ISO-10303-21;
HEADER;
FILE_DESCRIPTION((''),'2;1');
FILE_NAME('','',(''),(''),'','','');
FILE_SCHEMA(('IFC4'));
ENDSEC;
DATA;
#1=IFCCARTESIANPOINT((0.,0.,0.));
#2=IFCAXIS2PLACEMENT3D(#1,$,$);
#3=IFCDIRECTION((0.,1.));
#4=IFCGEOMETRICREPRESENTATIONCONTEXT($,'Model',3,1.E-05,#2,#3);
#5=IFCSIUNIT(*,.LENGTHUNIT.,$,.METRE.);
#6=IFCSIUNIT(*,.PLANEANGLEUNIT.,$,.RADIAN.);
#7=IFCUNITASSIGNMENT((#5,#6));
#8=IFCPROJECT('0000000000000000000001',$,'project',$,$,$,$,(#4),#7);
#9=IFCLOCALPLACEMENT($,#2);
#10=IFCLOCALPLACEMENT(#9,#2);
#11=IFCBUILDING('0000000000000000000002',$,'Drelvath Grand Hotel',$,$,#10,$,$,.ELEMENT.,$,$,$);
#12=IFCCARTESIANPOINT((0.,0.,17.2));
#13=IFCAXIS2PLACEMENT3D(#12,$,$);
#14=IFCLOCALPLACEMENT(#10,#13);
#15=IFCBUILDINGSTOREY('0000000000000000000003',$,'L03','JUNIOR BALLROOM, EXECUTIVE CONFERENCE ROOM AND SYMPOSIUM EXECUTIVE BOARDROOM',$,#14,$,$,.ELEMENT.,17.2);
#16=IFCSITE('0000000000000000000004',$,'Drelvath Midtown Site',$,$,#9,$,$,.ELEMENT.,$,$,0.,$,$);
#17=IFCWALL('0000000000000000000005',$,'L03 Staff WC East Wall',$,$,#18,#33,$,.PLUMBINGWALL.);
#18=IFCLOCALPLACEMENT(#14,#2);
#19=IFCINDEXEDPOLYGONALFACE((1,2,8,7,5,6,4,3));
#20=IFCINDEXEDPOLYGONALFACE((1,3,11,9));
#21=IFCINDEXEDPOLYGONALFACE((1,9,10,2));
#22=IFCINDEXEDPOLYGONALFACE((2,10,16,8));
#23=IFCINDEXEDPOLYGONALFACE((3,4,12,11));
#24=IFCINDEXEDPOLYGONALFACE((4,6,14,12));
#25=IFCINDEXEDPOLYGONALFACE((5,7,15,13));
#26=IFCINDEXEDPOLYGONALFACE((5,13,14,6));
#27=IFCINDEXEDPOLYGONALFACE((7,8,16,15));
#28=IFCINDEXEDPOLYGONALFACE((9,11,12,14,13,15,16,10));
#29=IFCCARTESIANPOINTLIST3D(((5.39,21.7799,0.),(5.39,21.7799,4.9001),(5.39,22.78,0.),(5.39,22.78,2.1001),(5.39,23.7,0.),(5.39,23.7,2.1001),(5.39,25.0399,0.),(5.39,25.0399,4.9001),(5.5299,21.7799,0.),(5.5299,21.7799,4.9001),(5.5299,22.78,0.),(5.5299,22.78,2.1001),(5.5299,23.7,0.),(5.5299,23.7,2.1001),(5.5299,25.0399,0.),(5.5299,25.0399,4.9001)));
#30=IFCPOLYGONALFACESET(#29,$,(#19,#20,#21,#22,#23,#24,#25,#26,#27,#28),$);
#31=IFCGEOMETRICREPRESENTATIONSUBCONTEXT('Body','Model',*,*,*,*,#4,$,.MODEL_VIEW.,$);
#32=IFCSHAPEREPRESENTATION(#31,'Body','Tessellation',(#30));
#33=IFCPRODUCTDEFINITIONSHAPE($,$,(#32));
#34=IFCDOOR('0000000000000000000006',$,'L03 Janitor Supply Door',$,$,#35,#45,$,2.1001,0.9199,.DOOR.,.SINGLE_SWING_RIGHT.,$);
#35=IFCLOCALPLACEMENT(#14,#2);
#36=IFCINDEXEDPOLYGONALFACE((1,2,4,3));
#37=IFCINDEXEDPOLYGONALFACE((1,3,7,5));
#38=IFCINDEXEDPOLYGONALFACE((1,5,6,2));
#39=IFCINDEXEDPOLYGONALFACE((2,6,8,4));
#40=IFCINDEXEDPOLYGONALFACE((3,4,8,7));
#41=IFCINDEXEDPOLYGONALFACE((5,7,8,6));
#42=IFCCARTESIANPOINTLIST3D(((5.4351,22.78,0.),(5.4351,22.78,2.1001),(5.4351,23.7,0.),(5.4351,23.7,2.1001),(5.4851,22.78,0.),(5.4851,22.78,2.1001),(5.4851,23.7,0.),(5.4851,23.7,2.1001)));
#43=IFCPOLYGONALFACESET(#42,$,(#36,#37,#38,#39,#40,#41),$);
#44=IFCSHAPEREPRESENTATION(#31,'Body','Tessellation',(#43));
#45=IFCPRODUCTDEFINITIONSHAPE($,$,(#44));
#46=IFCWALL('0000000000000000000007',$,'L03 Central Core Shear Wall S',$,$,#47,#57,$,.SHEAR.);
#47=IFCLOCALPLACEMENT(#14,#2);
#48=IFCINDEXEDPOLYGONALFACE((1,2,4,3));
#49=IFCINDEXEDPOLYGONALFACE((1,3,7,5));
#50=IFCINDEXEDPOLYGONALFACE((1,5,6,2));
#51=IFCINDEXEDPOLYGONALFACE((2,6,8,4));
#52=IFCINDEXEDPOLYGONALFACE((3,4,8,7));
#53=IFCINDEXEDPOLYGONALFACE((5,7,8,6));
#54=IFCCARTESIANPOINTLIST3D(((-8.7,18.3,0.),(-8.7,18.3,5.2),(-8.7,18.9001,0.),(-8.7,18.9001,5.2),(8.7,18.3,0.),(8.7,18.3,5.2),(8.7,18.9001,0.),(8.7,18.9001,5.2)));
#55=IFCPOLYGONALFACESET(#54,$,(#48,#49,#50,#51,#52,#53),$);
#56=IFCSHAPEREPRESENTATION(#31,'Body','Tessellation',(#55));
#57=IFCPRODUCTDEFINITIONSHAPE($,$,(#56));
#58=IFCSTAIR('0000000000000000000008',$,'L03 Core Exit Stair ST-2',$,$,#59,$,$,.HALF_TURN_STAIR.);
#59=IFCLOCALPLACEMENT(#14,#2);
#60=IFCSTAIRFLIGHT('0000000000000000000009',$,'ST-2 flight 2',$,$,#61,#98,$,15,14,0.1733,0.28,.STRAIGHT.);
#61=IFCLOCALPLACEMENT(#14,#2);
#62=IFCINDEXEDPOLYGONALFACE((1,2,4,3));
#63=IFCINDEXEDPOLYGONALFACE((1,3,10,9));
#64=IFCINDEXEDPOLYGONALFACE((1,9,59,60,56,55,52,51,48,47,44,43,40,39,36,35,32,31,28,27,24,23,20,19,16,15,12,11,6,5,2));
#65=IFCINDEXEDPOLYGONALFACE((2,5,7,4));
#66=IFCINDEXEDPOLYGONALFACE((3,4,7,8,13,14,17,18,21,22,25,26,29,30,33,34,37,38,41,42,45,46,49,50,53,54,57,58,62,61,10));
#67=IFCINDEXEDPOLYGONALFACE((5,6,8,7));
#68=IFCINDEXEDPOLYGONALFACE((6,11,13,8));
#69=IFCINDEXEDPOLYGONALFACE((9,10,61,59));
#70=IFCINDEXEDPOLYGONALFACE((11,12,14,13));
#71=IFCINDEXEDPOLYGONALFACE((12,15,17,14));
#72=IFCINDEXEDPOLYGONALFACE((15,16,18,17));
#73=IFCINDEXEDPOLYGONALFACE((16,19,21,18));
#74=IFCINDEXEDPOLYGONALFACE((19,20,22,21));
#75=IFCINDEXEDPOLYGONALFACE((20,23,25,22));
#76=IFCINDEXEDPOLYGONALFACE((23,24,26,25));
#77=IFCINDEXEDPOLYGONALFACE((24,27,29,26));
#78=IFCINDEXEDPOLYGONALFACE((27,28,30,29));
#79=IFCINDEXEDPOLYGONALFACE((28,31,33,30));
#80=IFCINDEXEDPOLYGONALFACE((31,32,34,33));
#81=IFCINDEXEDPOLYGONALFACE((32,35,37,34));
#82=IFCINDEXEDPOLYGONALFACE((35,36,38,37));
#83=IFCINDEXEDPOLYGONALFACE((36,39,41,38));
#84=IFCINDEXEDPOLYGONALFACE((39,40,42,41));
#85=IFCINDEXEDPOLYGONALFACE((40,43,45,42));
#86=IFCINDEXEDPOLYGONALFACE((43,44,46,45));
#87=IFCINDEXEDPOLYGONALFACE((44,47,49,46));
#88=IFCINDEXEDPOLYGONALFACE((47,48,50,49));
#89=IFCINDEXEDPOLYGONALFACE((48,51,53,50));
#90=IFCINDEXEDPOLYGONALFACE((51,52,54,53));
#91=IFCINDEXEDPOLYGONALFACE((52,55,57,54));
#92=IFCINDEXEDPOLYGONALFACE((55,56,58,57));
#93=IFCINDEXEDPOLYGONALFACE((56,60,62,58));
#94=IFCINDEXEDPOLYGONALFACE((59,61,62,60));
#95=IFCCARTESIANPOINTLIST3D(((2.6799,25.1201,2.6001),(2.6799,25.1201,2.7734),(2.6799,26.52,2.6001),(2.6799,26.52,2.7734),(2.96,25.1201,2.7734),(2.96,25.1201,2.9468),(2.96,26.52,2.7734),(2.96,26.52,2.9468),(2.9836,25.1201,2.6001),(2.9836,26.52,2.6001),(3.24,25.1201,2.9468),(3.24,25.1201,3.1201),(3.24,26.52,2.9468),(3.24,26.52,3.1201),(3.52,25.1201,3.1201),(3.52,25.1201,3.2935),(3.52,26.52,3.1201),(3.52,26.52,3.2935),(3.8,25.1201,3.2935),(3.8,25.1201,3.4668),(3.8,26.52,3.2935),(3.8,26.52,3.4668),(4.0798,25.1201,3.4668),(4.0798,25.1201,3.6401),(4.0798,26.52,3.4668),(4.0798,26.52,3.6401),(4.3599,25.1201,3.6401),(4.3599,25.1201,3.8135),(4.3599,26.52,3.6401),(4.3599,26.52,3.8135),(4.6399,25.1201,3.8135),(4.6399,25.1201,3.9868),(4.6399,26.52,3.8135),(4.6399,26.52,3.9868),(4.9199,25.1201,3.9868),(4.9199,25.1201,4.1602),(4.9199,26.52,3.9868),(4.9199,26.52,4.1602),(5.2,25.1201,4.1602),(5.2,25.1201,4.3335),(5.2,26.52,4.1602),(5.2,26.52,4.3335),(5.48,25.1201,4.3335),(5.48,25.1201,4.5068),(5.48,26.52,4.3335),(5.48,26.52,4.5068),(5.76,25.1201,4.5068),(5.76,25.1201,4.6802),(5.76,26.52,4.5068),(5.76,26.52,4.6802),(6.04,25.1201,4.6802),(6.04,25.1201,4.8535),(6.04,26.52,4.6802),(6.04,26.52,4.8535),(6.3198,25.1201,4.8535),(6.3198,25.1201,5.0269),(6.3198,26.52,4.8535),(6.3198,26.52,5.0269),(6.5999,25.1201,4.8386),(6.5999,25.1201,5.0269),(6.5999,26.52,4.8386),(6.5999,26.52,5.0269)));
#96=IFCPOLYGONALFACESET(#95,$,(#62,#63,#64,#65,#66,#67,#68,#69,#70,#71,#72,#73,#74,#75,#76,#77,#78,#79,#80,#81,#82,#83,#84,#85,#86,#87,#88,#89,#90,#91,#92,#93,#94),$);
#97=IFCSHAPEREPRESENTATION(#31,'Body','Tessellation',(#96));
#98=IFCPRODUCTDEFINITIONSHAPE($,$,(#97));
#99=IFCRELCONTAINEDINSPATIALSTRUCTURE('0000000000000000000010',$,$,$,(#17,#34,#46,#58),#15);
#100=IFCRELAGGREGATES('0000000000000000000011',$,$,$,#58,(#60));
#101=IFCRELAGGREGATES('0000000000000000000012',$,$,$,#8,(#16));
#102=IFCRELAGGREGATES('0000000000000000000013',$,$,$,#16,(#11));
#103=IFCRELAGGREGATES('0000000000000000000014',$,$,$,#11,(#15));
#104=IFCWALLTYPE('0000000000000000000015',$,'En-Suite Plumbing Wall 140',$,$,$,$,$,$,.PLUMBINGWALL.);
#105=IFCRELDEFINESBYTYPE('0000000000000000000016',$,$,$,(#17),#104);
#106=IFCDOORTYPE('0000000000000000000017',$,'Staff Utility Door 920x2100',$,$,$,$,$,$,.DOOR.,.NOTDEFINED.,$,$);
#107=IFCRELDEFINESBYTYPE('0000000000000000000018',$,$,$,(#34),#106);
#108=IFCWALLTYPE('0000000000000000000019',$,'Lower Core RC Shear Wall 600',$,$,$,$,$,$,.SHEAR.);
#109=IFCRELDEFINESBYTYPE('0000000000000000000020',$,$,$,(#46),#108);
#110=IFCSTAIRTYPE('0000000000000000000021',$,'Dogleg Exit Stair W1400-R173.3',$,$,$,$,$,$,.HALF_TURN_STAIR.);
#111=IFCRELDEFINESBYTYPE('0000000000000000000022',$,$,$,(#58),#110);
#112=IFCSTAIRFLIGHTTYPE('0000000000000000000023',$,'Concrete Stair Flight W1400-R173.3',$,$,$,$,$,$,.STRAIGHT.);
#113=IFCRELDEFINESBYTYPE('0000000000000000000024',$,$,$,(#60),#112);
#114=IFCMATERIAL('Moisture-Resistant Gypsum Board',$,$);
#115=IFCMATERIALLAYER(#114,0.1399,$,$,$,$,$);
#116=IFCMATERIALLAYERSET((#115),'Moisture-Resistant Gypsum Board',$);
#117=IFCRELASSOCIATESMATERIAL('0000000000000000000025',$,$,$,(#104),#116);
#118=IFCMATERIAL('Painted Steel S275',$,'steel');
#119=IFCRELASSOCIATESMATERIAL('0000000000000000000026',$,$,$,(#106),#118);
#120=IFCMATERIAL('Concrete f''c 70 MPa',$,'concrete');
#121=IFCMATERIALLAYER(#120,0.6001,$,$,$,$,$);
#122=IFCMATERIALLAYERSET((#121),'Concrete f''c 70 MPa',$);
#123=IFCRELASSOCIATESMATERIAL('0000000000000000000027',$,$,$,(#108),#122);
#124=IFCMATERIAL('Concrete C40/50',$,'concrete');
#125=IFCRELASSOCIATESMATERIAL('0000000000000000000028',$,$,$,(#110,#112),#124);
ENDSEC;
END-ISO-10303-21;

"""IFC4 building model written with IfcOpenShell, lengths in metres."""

from ifc_helpers import new_model, si_unit, direction, frame, frame_2d, origin, place, context, subcontext, project, spatial, polyline, rectangle, outline, extrude, material, layer, layer_set, type_object, element, fill, aggregate, save


model = new_model("IFC4")

# Units and contexts
model_context = context("Model", 3, precision=1e-05, world=origin(), true_north=direction((0.0, 1.0)))
body_context = subcontext(model_context, "Body", "Model", "MODEL_VIEW")
ifc_project = project(units=[si_unit("LENGTHUNIT", "METRE"), si_unit("PLANEANGLEUNIT", "RADIAN")], contexts=[model_context])

# Site, building, storey
site_placement = place(None, origin())
site = spatial("IfcSite", under=ifc_project, at=site_placement, Name="Drelvath Midtown Site", CompositionType="ELEMENT", RefElevation=0.0)
building_placement = place(site_placement, origin())
building = spatial("IfcBuilding", under=site, at=building_placement, Name="Drelvath Grand Hotel", CompositionType="ELEMENT")
storey_placement = place(building_placement, frame((0.0, 0.0, 17.2)))
storey = spatial("IfcBuildingStorey", under=building, at=storey_placement, Name="L03", Description="JUNIOR BALLROOM, EXECUTIVE CONFERENCE ROOM AND SYMPOSIUM EXECUTIVE BOARDROOM", CompositionType="ELEMENT", Elevation=17.2)

# Shared definitions
ifc_material_1 = material(Name="Concrete f'c 70 MPa", Category="concrete")

# Shared definitions
ifc_material_2 = material(Name="Concrete C40/50", Category="concrete")

# Wall, opening, door
ifc_material_3 = material(Name="Moisture-Resistant Gypsum Board")
ifc_layer_1 = layer(ifc_material_3, 0.1399)
ifc_layer_set_1 = layer_set([ifc_layer_1], Name="Moisture-Resistant Gypsum Board")
wall_type_1 = type_object("IfcWallType", Name="En-Suite Plumbing Wall 140", PredefinedType="PLUMBINGWALL", material=ifc_layer_set_1)
wall_1_placement = place(storey_placement, frame((5.46, 21.78, 0.0), z_axis=(0.0, 0.0, 1.0), x_axis=(0.0, 1.0, 0.0)))
wall_1 = element("IfcWall", 1, at=wall_1_placement, inside=storey, type_object=wall_type_1, Name="L03 Staff WC East Wall", PredefinedType="PLUMBINGWALL", context=body_context, shape_type="SweptSolid", body=[
    extrude(rectangle(XDim=3.26, YDim=0.1399, at=frame_2d((1.6299, 0.0))), origin(), (0.0, 0.0, 1.0), 4.9001),
])
opening_1_placement = place(wall_1_placement, frame((1.0, 0.0, 0.0)))
opening_1 = element("IfcOpeningElement", 2, at=opening_1_placement, cuts=wall_1, PredefinedType="OPENING", context=body_context, shape_type="SweptSolid", body=[
    extrude(rectangle(XDim=0.9199, YDim=2.1001, at=frame_2d((0.46, 1.05))), frame((0.0, 0.0798, 0.0), z_axis=(0.0, -1.0, 0.0), x_axis=(1.0, 0.0, 0.0)), (0.0, 0.0, 1.0), 0.1599),
])
ifc_material_4 = material(Name="Painted Steel S275", Category="steel")
door_type_1 = type_object("IfcDoorType", Name="Staff Utility Door 920x2100", OperationType="NOTDEFINED", PredefinedType="DOOR", material=ifc_material_4)
door_1_placement = place(opening_1_placement, origin())
door_1 = element("IfcDoor", 3, at=door_1_placement, inside=storey, type_object=door_type_1, Name="L03 Janitor Supply Door", OperationType="SINGLE_SWING_RIGHT", OverallHeight=2.1001, OverallWidth=0.9199, PredefinedType="DOOR", context=body_context, shape_type="SweptSolid", body=[
    extrude(rectangle(XDim=0.9199, YDim=2.1001, at=frame_2d((0.46, 1.05))), frame((0.0, 0.0249, 0.0), z_axis=(0.0, -1.0, 0.0), x_axis=(1.0, 0.0, 0.0)), (0.0, 0.0, 1.0), 0.05),
])
fill(opening_1, door_1)

# Wall
ifc_layer_2 = layer(ifc_material_1, 0.6001)
ifc_layer_set_2 = layer_set([ifc_layer_2], Name="Concrete f'c 70 MPa")
wall_type_2 = type_object("IfcWallType", Name="Lower Core RC Shear Wall 600", PredefinedType="SHEAR", material=ifc_layer_set_2)
wall_2_placement = place(storey_placement, frame((8.7, 18.6001, 0.0), z_axis=(0.0, 0.0, 1.0), x_axis=(-1.0, 0.0, 0.0)))
element("IfcWall", 4, at=wall_2_placement, inside=storey, type_object=wall_type_2, Name="L03 Central Core Shear Wall S", PredefinedType="SHEAR", context=body_context, shape_type="SweptSolid", body=[
    extrude(rectangle(XDim=17.3999, YDim=0.6001, at=frame_2d((8.7, 0.0))), origin(), (0.0, 0.0, 1.0), 5.2),
])

# Stair, stair flight
stair_type = type_object("IfcStairType", Name="Dogleg Exit Stair W1400-R173.3", PredefinedType="HALF_TURN_STAIR", material=ifc_material_2)
stair_placement = place(storey_placement, origin())
stair = element("IfcStair", 5, at=stair_placement, inside=storey, type_object=stair_type, Name="L03 Core Exit Stair ST-2", PredefinedType="HALF_TURN_STAIR")
stair_flight_type = type_object("IfcStairFlightType", Name="Concrete Stair Flight W1400-R173.3", PredefinedType="STRAIGHT", material=ifc_material_2)
stair_flight_placement = place(storey_placement, frame((2.6799, 25.8201, 2.6001), z_axis=(0.0, 0.0, 1.0), x_axis=(1.0, 0.0, 0.0)))
stair_flight = element("IfcStairFlight", 6, at=stair_flight_placement, type_object=stair_flight_type, Name="ST-2 flight 2", NumberOfRisers=15, NumberOfTreads=14, PredefinedType="STRAIGHT", RiserHeight=0.1733, TreadLength=0.28, context=body_context, shape_type="SweptSolid", body=[
    extrude(outline(polyline([(0.0, 0.0), (0.0, 0.1733), (0.28, 0.1733), (0.28, 0.3467), (0.5601, 0.3467), (0.5601, 0.52), (0.8401, 0.52), (0.8401, 0.6934), (1.1201, 0.6934), (1.1201, 0.8667), (1.3999, 0.8667), (1.3999, 1.04), (1.6799, 1.04), (1.6799, 1.2134), (1.96, 1.2134), (1.96, 1.3867), (2.24, 1.3867), (2.24, 1.5601), (2.52, 1.5601), (2.52, 1.7334), (2.8, 1.7334), (2.8, 1.9067), (3.0801, 1.9067), (3.0801, 2.0801), (3.3601, 2.0801), (3.3601, 2.2534), (3.6399, 2.2534), (3.6399, 2.4268), (3.9199, 2.4268), (3.9199, 2.6001), (3.9199, 2.2385), (0.3037, 0.0), (0.0, 0.0)])), frame((0.0, 0.7, 0.0), z_axis=(0.0, -1.0, 0.0), x_axis=(1.0, 0.0, 0.0)), (0.0, 0.0, 1.0), 1.3999),
])
aggregate(stair, [stair_flight])

save(model, "model.ifc")
